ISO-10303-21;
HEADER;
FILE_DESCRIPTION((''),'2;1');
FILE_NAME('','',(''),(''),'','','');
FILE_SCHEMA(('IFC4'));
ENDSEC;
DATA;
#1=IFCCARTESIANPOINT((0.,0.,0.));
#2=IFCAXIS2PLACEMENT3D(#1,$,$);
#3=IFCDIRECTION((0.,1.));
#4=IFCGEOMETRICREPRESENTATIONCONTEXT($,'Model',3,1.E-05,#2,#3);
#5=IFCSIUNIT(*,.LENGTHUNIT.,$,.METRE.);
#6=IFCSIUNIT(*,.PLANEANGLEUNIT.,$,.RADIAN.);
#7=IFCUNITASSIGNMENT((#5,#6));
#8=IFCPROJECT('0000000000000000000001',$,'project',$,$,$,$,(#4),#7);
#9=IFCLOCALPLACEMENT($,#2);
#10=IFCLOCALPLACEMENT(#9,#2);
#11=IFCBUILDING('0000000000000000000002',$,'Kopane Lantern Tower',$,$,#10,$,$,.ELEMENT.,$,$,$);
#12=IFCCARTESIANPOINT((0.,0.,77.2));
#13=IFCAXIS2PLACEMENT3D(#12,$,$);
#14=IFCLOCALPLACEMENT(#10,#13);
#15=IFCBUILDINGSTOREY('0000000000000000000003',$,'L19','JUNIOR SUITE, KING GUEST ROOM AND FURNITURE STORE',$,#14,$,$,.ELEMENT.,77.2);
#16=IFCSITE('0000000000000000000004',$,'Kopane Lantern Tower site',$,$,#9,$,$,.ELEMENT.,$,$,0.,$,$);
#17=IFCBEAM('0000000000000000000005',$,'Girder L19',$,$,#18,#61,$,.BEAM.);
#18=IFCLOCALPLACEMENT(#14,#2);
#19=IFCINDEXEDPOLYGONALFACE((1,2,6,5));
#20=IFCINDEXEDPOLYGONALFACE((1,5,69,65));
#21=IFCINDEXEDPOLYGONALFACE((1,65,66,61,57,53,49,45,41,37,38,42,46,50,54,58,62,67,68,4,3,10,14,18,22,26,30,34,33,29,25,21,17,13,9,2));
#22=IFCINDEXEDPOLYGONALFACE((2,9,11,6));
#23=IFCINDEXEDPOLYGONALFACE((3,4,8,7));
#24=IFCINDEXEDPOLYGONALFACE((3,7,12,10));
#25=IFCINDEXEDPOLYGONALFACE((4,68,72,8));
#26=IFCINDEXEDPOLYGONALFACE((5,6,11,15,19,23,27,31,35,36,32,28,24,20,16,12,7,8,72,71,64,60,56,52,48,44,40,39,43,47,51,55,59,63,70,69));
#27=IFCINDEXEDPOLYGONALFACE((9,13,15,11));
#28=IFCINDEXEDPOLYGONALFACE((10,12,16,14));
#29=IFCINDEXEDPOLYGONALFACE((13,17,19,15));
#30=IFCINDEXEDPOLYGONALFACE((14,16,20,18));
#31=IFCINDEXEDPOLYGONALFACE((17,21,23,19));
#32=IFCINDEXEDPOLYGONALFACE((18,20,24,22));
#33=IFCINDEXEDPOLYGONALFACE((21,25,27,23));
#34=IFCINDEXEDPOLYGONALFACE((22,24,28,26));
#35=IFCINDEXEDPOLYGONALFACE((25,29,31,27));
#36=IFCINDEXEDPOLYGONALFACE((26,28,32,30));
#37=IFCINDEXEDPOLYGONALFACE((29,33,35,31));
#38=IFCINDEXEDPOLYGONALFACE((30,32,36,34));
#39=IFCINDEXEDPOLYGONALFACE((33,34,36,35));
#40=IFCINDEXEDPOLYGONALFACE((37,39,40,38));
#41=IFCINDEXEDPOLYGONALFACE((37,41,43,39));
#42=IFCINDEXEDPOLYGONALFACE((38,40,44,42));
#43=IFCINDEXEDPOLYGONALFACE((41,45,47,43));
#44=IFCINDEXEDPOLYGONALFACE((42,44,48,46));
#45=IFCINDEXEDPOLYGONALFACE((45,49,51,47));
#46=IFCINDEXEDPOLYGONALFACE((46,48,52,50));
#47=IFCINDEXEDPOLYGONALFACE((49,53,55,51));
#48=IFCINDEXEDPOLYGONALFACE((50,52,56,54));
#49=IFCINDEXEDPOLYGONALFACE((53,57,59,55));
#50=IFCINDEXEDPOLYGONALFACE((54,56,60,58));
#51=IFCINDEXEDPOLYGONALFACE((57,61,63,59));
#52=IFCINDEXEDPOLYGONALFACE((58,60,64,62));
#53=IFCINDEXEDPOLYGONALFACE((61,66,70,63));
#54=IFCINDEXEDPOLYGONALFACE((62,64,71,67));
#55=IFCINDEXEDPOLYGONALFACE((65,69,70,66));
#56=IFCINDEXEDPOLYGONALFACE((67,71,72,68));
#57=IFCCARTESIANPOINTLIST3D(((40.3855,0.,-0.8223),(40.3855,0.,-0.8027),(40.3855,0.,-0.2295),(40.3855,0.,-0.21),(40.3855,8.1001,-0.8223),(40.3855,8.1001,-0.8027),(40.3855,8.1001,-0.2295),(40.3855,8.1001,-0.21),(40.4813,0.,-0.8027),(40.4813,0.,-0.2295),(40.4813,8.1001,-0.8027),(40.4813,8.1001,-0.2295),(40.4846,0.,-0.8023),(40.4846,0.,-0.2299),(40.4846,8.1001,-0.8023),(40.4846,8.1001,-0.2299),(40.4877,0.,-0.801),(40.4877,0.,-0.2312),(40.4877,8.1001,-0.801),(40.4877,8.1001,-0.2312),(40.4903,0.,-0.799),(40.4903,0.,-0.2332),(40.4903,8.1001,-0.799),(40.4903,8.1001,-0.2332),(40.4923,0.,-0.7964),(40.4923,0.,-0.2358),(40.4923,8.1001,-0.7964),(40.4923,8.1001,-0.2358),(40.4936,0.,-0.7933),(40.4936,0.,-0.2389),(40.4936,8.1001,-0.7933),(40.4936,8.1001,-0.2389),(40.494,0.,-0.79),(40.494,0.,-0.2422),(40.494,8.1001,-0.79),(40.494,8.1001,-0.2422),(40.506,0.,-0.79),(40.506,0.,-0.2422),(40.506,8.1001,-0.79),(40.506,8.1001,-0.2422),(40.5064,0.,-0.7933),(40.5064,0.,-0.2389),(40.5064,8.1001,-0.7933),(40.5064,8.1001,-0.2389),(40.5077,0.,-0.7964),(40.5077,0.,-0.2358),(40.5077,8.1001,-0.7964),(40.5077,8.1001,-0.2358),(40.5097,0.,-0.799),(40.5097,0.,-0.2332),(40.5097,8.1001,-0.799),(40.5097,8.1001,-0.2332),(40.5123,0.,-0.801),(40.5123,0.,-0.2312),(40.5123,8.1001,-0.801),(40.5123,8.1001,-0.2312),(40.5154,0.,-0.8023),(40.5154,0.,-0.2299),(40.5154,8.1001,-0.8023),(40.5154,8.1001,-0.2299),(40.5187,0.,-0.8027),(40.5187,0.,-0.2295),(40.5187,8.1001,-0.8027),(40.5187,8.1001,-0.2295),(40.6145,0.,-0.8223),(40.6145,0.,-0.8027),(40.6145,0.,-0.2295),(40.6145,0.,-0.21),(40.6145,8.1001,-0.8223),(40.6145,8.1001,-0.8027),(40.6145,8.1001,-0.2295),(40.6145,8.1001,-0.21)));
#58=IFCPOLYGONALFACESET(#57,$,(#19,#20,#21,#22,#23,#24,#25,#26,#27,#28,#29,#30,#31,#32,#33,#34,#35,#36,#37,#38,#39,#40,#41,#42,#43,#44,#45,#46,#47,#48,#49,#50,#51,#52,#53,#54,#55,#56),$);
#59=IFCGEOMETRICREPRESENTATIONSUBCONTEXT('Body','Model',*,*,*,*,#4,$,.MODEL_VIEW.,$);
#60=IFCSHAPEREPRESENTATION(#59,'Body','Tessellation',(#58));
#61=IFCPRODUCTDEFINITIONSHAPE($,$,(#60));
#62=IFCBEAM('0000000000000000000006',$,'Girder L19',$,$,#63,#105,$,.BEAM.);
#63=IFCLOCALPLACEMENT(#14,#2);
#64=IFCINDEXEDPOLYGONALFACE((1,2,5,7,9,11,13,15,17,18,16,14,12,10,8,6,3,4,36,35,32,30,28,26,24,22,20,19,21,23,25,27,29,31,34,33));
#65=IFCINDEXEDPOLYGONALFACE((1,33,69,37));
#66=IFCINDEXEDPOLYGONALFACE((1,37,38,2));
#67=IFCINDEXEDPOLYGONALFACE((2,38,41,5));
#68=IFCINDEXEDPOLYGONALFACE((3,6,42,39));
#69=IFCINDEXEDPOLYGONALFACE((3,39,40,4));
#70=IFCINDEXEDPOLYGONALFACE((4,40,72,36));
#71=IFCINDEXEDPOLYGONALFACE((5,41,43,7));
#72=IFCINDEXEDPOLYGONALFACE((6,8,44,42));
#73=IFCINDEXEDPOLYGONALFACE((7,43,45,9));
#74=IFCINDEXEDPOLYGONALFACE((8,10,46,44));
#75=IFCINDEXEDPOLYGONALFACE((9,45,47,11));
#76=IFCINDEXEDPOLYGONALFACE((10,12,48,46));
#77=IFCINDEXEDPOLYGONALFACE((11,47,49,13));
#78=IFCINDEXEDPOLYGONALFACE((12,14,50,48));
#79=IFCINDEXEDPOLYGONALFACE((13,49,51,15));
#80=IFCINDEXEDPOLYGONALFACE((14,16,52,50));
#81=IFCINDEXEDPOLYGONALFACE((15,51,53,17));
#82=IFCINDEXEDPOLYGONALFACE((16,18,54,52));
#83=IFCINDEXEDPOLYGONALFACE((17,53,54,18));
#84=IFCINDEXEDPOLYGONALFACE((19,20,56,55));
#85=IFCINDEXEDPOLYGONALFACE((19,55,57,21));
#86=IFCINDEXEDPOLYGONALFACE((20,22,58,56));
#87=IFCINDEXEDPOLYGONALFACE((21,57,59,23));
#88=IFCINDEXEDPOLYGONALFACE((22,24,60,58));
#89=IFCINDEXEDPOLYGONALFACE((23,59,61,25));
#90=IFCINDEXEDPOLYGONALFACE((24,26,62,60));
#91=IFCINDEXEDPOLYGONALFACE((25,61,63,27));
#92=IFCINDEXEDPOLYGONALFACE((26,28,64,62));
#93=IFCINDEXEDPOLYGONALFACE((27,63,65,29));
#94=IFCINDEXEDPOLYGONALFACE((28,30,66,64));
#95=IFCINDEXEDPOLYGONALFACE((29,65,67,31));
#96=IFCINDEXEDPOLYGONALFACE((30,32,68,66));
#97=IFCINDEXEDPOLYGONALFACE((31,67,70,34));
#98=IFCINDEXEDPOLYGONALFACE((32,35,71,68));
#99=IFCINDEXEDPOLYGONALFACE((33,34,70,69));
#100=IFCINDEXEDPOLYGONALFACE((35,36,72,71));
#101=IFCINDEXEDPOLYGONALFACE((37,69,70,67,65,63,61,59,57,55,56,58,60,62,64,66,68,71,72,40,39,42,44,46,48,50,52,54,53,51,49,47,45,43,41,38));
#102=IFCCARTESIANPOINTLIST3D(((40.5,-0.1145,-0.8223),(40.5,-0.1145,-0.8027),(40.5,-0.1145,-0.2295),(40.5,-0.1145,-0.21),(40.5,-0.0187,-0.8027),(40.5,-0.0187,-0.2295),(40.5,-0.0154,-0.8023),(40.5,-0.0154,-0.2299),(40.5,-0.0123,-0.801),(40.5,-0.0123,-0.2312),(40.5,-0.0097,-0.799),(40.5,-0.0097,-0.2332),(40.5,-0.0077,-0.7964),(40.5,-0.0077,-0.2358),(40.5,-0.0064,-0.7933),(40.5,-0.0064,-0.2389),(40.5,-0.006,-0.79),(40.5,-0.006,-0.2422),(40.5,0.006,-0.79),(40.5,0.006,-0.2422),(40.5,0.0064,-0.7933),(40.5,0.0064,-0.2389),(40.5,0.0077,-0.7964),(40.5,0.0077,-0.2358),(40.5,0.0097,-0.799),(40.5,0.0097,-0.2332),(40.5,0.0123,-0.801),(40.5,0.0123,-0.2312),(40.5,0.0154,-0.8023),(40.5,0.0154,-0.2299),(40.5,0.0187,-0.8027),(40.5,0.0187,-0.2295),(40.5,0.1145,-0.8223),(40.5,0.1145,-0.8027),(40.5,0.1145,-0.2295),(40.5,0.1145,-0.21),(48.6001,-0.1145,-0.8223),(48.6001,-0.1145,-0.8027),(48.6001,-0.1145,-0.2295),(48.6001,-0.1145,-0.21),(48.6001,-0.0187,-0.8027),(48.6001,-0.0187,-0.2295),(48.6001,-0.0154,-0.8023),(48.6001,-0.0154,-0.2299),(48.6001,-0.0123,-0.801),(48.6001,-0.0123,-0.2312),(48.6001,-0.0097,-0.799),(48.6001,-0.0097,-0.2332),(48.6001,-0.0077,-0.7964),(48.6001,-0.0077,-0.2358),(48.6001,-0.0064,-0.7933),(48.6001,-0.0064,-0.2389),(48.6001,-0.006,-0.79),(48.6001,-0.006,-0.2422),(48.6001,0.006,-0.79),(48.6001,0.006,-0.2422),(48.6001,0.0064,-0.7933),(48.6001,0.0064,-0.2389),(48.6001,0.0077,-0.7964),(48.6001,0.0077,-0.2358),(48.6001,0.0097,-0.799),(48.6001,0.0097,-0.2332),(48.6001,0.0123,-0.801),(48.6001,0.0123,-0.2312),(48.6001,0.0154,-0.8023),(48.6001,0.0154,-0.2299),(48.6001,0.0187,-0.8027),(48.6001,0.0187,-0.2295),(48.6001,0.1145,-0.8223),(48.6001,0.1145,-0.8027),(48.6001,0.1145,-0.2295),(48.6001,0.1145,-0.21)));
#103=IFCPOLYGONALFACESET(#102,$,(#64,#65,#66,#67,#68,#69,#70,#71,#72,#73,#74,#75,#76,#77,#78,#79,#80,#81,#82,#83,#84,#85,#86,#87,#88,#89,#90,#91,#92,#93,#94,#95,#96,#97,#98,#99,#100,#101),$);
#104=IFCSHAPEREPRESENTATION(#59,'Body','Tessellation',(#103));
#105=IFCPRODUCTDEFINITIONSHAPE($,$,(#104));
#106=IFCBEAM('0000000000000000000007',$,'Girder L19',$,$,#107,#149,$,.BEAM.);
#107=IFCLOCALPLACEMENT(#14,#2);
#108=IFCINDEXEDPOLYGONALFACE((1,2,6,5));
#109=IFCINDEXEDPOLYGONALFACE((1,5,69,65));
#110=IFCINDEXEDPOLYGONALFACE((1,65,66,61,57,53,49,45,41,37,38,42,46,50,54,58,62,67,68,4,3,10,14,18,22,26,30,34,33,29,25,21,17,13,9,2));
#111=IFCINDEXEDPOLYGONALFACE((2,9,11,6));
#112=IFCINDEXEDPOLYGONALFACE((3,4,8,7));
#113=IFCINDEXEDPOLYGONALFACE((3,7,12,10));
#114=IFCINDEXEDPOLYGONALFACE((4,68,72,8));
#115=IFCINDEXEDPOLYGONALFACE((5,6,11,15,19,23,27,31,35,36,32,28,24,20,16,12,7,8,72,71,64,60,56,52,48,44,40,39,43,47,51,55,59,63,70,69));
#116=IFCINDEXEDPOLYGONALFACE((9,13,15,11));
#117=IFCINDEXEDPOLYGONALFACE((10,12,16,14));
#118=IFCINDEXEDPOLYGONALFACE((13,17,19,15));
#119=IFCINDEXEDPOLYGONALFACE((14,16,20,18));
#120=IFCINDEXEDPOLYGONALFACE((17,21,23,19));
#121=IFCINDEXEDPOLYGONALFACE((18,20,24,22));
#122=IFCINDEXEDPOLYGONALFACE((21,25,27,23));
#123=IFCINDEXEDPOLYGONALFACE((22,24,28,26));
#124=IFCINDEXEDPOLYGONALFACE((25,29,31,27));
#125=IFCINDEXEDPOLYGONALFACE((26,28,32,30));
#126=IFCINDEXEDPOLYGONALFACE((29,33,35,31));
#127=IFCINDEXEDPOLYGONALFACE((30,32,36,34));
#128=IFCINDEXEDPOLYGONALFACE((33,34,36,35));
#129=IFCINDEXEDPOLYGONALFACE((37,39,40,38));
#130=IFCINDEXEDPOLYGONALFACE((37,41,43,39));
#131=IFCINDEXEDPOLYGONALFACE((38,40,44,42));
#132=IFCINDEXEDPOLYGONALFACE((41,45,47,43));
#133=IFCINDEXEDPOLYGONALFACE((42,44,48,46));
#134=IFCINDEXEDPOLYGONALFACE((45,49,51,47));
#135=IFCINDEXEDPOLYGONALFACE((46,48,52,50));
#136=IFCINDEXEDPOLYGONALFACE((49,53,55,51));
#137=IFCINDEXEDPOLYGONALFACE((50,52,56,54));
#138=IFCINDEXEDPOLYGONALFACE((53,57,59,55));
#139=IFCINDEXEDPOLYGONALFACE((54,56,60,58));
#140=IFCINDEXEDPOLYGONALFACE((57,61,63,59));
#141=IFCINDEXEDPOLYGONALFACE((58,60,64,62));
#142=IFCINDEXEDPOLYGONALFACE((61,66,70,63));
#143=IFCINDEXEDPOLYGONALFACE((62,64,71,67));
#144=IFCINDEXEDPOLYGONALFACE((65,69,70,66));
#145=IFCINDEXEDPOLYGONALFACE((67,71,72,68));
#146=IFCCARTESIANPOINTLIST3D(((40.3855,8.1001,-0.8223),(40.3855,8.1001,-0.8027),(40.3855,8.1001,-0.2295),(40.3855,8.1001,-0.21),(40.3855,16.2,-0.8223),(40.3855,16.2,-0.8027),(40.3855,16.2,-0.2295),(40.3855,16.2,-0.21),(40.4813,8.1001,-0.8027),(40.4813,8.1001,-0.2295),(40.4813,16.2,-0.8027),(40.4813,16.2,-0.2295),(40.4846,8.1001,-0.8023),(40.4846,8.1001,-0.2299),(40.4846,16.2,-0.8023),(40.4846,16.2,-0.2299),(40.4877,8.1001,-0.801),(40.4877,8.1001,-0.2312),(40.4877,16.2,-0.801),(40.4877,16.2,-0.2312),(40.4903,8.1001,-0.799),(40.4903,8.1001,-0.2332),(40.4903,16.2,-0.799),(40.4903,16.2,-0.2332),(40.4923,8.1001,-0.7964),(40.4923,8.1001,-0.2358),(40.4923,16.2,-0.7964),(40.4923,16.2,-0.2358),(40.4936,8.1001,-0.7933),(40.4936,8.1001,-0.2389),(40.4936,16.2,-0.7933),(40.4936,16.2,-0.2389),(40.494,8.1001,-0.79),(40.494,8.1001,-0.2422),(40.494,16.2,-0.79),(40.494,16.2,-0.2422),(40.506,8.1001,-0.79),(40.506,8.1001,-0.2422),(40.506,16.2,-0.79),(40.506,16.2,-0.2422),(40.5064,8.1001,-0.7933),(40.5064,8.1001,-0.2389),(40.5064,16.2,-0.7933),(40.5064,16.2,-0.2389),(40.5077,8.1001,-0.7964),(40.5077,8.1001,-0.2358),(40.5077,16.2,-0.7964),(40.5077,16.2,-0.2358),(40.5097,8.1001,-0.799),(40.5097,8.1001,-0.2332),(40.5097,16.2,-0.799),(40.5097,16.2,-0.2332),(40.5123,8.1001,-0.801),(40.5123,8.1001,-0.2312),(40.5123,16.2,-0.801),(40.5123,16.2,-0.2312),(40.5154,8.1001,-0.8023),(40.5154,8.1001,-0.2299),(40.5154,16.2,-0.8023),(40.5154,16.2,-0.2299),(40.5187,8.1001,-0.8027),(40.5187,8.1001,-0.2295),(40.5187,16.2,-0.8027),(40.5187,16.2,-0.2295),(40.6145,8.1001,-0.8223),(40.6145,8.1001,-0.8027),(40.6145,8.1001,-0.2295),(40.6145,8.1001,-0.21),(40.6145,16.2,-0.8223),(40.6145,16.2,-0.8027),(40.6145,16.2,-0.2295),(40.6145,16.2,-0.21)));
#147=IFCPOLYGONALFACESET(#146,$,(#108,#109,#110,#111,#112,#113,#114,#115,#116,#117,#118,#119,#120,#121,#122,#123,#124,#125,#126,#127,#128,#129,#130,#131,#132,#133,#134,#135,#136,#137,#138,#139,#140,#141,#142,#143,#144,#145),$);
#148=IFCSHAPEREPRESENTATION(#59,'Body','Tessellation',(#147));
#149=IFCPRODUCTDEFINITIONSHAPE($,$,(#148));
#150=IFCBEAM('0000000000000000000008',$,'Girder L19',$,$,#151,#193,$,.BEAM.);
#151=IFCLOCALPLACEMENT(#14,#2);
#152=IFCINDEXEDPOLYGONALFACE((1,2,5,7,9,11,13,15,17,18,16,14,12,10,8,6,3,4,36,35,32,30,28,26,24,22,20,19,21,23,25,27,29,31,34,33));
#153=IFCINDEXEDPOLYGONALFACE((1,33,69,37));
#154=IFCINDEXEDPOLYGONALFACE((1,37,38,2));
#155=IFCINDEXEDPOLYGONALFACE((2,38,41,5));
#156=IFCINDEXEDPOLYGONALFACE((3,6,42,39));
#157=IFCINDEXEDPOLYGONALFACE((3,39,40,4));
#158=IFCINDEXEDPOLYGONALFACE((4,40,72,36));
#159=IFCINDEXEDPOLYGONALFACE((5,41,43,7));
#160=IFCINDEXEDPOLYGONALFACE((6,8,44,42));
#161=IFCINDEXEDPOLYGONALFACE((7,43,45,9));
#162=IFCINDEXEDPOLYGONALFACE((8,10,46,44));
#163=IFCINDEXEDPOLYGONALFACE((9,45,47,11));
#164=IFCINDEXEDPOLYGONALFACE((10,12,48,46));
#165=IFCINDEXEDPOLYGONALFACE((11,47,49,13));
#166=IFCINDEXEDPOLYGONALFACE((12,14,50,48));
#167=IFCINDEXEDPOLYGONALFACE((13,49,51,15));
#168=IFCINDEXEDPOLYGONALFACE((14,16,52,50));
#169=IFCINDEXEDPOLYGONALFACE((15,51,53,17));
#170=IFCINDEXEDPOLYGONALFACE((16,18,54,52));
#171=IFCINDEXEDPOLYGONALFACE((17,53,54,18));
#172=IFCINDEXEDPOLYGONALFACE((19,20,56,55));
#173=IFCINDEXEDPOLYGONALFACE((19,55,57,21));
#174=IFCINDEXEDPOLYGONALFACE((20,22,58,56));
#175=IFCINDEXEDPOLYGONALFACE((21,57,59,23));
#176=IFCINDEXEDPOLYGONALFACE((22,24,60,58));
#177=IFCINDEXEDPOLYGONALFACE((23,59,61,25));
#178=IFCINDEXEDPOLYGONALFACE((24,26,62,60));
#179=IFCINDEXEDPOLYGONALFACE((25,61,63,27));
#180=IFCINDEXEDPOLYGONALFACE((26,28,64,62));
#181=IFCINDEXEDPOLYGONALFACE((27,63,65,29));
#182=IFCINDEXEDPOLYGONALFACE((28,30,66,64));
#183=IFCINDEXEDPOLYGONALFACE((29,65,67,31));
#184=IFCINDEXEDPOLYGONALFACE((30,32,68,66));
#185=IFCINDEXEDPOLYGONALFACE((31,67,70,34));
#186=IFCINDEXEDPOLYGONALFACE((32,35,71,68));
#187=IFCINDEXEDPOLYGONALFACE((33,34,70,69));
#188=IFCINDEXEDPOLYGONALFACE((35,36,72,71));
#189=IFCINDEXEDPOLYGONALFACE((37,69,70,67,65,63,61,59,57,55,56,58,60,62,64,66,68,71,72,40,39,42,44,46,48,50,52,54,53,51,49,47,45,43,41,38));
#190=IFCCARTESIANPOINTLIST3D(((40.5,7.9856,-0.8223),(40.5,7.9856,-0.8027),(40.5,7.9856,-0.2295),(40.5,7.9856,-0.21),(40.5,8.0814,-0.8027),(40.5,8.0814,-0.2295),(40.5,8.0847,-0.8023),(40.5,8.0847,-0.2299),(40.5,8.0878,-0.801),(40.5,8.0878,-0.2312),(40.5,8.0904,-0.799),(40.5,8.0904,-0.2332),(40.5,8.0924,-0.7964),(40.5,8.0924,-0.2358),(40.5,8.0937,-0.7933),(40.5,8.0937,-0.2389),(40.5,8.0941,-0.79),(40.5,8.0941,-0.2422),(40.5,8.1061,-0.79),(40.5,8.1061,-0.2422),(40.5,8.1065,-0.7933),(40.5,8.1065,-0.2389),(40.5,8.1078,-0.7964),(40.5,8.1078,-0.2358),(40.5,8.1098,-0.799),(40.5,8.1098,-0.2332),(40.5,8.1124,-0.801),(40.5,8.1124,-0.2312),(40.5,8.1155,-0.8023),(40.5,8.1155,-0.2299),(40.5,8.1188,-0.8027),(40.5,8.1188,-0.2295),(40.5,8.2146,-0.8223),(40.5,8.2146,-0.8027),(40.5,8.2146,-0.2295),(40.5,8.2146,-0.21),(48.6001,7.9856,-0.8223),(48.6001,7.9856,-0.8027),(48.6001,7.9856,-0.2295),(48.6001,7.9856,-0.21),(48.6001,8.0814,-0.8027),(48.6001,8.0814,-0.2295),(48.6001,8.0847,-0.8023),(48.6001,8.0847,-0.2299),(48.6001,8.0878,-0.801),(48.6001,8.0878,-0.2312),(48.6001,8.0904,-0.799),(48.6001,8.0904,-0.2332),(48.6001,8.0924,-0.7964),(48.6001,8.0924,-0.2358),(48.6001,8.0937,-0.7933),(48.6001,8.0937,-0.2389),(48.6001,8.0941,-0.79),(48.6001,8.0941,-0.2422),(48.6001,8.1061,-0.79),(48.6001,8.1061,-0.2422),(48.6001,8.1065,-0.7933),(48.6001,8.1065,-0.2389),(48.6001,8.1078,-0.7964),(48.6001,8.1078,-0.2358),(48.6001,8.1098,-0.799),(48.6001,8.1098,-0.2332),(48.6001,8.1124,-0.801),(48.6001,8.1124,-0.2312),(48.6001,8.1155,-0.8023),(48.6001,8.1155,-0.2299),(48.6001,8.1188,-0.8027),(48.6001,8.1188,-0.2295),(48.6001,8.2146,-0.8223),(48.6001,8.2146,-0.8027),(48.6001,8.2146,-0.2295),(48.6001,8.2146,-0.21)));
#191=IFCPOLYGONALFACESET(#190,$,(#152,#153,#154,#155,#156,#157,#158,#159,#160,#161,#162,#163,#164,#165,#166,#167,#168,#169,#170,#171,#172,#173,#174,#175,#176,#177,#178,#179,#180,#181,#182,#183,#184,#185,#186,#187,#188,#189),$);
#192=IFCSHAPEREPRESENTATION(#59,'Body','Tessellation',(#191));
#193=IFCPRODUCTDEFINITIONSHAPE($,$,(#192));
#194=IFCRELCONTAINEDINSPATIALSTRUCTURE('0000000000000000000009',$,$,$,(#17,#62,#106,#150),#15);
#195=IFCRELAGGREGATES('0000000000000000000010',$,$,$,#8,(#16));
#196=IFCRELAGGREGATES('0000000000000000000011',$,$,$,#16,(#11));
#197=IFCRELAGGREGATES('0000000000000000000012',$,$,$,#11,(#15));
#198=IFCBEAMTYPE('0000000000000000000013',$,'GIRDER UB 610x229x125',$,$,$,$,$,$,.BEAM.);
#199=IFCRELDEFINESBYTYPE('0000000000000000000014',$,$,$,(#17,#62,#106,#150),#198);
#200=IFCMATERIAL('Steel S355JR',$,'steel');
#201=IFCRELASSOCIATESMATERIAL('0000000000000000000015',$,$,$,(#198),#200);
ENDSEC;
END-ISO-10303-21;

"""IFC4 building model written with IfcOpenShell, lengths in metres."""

from ifc_helpers import new_model, si_unit, direction, frame, origin, origin_2d, place, context, subcontext, project, spatial, i_section, extrude, material, material_profile, profile_set, type_object, element, save


model = new_model("IFC4")

# Units and contexts
model_context = context("Model", 3, precision=1e-05, world=origin(), true_north=direction((0.0, 1.0)))
body_context = subcontext(model_context, "Body", "Model", "MODEL_VIEW")
ifc_project = project(units=[si_unit("LENGTHUNIT", "METRE"), si_unit("PLANEANGLEUNIT", "RADIAN")], contexts=[model_context])

# Site, building, storey
site_placement = place(None, origin())
site = spatial("IfcSite", under=ifc_project, at=site_placement, Name="Kopane Lantern Tower site", CompositionType="ELEMENT", RefElevation=0.0)
building_placement = place(site_placement, origin())
building = spatial("IfcBuilding", under=site, at=building_placement, Name="Kopane Lantern Tower", CompositionType="ELEMENT")
storey_placement = place(building_placement, frame((0.0, 0.0, 77.2)))
storey = spatial("IfcBuildingStorey", under=building, at=storey_placement, Name="L19", Description="JUNIOR SUITE, KING GUEST ROOM AND FURNITURE STORE", CompositionType="ELEMENT", Elevation=77.2)

# Beams
ifc_material_1 = material(Name="Steel S355JR", Category="steel")
ifc_material_profile_1 = material_profile(ifc_material_1, i_section(OverallWidth=0.229, OverallDepth=0.6123, WebThickness=0.012, FlangeThickness=0.0195, FilletRadius=0.0127, at=origin_2d()), Name="UB 610x229x125")
ifc_profile_set_1 = profile_set([ifc_material_profile_1], Name="Steel S355JR")
beam_type = type_object("IfcBeamType", Name="GIRDER UB 610x229x125", PredefinedType="BEAM", material=ifc_profile_set_1)
for number, where, z_axis, x_axis, name in (
    (1, (40.5, 0.0, -0.5161), (0.0, 1.0, 0.0), (-1.0, 0.0, 0.0), "Girder L19"),
    (2, (40.5, 0.0, -0.5161), (1.0, 0.0, 0.0), (0.0, 1.0, 0.0), "Girder L19"),
):
    element("IfcBeam", number, at=place(storey_placement, frame(where, z_axis=z_axis, x_axis=x_axis)), inside=storey, type_object=beam_type, Name=name, PredefinedType="BEAM", context=body_context, shape_type="SweptSolid", body=[
        extrude(i_section(OverallWidth=0.229, OverallDepth=0.6123, WebThickness=0.012, FlangeThickness=0.0195, FilletRadius=0.0127, at=origin_2d()), origin(), (0.0, 0.0, 1.0), 8.1001),
    ])
beam_1_placement = place(storey_placement, frame((40.5, 8.1001, -0.5161), z_axis=(0.0, 1.0, 0.0), x_axis=(-1.0, 0.0, 0.0)))
element("IfcBeam", 3, at=beam_1_placement, inside=storey, type_object=beam_type, Name="Girder L19", PredefinedType="BEAM", context=body_context, shape_type="SweptSolid", body=[
    extrude(i_section(OverallWidth=0.229, OverallDepth=0.6123, WebThickness=0.012, FlangeThickness=0.0195, FilletRadius=0.0127, at=origin_2d()), origin(), (0.0, 0.0, 1.0), 8.0999),
])
beam_2_placement = place(storey_placement, frame((40.5, 8.1001, -0.5161), z_axis=(1.0, 0.0, 0.0), x_axis=(0.0, 1.0, 0.0)))
element("IfcBeam", 4, at=beam_2_placement, inside=storey, type_object=beam_type, Name="Girder L19", PredefinedType="BEAM", context=body_context, shape_type="SweptSolid", body=[
    extrude(i_section(OverallWidth=0.229, OverallDepth=0.6123, WebThickness=0.012, FlangeThickness=0.0195, FilletRadius=0.0127, at=origin_2d()), origin(), (0.0, 0.0, 1.0), 8.1001),
])

save(model, "model.ifc")
